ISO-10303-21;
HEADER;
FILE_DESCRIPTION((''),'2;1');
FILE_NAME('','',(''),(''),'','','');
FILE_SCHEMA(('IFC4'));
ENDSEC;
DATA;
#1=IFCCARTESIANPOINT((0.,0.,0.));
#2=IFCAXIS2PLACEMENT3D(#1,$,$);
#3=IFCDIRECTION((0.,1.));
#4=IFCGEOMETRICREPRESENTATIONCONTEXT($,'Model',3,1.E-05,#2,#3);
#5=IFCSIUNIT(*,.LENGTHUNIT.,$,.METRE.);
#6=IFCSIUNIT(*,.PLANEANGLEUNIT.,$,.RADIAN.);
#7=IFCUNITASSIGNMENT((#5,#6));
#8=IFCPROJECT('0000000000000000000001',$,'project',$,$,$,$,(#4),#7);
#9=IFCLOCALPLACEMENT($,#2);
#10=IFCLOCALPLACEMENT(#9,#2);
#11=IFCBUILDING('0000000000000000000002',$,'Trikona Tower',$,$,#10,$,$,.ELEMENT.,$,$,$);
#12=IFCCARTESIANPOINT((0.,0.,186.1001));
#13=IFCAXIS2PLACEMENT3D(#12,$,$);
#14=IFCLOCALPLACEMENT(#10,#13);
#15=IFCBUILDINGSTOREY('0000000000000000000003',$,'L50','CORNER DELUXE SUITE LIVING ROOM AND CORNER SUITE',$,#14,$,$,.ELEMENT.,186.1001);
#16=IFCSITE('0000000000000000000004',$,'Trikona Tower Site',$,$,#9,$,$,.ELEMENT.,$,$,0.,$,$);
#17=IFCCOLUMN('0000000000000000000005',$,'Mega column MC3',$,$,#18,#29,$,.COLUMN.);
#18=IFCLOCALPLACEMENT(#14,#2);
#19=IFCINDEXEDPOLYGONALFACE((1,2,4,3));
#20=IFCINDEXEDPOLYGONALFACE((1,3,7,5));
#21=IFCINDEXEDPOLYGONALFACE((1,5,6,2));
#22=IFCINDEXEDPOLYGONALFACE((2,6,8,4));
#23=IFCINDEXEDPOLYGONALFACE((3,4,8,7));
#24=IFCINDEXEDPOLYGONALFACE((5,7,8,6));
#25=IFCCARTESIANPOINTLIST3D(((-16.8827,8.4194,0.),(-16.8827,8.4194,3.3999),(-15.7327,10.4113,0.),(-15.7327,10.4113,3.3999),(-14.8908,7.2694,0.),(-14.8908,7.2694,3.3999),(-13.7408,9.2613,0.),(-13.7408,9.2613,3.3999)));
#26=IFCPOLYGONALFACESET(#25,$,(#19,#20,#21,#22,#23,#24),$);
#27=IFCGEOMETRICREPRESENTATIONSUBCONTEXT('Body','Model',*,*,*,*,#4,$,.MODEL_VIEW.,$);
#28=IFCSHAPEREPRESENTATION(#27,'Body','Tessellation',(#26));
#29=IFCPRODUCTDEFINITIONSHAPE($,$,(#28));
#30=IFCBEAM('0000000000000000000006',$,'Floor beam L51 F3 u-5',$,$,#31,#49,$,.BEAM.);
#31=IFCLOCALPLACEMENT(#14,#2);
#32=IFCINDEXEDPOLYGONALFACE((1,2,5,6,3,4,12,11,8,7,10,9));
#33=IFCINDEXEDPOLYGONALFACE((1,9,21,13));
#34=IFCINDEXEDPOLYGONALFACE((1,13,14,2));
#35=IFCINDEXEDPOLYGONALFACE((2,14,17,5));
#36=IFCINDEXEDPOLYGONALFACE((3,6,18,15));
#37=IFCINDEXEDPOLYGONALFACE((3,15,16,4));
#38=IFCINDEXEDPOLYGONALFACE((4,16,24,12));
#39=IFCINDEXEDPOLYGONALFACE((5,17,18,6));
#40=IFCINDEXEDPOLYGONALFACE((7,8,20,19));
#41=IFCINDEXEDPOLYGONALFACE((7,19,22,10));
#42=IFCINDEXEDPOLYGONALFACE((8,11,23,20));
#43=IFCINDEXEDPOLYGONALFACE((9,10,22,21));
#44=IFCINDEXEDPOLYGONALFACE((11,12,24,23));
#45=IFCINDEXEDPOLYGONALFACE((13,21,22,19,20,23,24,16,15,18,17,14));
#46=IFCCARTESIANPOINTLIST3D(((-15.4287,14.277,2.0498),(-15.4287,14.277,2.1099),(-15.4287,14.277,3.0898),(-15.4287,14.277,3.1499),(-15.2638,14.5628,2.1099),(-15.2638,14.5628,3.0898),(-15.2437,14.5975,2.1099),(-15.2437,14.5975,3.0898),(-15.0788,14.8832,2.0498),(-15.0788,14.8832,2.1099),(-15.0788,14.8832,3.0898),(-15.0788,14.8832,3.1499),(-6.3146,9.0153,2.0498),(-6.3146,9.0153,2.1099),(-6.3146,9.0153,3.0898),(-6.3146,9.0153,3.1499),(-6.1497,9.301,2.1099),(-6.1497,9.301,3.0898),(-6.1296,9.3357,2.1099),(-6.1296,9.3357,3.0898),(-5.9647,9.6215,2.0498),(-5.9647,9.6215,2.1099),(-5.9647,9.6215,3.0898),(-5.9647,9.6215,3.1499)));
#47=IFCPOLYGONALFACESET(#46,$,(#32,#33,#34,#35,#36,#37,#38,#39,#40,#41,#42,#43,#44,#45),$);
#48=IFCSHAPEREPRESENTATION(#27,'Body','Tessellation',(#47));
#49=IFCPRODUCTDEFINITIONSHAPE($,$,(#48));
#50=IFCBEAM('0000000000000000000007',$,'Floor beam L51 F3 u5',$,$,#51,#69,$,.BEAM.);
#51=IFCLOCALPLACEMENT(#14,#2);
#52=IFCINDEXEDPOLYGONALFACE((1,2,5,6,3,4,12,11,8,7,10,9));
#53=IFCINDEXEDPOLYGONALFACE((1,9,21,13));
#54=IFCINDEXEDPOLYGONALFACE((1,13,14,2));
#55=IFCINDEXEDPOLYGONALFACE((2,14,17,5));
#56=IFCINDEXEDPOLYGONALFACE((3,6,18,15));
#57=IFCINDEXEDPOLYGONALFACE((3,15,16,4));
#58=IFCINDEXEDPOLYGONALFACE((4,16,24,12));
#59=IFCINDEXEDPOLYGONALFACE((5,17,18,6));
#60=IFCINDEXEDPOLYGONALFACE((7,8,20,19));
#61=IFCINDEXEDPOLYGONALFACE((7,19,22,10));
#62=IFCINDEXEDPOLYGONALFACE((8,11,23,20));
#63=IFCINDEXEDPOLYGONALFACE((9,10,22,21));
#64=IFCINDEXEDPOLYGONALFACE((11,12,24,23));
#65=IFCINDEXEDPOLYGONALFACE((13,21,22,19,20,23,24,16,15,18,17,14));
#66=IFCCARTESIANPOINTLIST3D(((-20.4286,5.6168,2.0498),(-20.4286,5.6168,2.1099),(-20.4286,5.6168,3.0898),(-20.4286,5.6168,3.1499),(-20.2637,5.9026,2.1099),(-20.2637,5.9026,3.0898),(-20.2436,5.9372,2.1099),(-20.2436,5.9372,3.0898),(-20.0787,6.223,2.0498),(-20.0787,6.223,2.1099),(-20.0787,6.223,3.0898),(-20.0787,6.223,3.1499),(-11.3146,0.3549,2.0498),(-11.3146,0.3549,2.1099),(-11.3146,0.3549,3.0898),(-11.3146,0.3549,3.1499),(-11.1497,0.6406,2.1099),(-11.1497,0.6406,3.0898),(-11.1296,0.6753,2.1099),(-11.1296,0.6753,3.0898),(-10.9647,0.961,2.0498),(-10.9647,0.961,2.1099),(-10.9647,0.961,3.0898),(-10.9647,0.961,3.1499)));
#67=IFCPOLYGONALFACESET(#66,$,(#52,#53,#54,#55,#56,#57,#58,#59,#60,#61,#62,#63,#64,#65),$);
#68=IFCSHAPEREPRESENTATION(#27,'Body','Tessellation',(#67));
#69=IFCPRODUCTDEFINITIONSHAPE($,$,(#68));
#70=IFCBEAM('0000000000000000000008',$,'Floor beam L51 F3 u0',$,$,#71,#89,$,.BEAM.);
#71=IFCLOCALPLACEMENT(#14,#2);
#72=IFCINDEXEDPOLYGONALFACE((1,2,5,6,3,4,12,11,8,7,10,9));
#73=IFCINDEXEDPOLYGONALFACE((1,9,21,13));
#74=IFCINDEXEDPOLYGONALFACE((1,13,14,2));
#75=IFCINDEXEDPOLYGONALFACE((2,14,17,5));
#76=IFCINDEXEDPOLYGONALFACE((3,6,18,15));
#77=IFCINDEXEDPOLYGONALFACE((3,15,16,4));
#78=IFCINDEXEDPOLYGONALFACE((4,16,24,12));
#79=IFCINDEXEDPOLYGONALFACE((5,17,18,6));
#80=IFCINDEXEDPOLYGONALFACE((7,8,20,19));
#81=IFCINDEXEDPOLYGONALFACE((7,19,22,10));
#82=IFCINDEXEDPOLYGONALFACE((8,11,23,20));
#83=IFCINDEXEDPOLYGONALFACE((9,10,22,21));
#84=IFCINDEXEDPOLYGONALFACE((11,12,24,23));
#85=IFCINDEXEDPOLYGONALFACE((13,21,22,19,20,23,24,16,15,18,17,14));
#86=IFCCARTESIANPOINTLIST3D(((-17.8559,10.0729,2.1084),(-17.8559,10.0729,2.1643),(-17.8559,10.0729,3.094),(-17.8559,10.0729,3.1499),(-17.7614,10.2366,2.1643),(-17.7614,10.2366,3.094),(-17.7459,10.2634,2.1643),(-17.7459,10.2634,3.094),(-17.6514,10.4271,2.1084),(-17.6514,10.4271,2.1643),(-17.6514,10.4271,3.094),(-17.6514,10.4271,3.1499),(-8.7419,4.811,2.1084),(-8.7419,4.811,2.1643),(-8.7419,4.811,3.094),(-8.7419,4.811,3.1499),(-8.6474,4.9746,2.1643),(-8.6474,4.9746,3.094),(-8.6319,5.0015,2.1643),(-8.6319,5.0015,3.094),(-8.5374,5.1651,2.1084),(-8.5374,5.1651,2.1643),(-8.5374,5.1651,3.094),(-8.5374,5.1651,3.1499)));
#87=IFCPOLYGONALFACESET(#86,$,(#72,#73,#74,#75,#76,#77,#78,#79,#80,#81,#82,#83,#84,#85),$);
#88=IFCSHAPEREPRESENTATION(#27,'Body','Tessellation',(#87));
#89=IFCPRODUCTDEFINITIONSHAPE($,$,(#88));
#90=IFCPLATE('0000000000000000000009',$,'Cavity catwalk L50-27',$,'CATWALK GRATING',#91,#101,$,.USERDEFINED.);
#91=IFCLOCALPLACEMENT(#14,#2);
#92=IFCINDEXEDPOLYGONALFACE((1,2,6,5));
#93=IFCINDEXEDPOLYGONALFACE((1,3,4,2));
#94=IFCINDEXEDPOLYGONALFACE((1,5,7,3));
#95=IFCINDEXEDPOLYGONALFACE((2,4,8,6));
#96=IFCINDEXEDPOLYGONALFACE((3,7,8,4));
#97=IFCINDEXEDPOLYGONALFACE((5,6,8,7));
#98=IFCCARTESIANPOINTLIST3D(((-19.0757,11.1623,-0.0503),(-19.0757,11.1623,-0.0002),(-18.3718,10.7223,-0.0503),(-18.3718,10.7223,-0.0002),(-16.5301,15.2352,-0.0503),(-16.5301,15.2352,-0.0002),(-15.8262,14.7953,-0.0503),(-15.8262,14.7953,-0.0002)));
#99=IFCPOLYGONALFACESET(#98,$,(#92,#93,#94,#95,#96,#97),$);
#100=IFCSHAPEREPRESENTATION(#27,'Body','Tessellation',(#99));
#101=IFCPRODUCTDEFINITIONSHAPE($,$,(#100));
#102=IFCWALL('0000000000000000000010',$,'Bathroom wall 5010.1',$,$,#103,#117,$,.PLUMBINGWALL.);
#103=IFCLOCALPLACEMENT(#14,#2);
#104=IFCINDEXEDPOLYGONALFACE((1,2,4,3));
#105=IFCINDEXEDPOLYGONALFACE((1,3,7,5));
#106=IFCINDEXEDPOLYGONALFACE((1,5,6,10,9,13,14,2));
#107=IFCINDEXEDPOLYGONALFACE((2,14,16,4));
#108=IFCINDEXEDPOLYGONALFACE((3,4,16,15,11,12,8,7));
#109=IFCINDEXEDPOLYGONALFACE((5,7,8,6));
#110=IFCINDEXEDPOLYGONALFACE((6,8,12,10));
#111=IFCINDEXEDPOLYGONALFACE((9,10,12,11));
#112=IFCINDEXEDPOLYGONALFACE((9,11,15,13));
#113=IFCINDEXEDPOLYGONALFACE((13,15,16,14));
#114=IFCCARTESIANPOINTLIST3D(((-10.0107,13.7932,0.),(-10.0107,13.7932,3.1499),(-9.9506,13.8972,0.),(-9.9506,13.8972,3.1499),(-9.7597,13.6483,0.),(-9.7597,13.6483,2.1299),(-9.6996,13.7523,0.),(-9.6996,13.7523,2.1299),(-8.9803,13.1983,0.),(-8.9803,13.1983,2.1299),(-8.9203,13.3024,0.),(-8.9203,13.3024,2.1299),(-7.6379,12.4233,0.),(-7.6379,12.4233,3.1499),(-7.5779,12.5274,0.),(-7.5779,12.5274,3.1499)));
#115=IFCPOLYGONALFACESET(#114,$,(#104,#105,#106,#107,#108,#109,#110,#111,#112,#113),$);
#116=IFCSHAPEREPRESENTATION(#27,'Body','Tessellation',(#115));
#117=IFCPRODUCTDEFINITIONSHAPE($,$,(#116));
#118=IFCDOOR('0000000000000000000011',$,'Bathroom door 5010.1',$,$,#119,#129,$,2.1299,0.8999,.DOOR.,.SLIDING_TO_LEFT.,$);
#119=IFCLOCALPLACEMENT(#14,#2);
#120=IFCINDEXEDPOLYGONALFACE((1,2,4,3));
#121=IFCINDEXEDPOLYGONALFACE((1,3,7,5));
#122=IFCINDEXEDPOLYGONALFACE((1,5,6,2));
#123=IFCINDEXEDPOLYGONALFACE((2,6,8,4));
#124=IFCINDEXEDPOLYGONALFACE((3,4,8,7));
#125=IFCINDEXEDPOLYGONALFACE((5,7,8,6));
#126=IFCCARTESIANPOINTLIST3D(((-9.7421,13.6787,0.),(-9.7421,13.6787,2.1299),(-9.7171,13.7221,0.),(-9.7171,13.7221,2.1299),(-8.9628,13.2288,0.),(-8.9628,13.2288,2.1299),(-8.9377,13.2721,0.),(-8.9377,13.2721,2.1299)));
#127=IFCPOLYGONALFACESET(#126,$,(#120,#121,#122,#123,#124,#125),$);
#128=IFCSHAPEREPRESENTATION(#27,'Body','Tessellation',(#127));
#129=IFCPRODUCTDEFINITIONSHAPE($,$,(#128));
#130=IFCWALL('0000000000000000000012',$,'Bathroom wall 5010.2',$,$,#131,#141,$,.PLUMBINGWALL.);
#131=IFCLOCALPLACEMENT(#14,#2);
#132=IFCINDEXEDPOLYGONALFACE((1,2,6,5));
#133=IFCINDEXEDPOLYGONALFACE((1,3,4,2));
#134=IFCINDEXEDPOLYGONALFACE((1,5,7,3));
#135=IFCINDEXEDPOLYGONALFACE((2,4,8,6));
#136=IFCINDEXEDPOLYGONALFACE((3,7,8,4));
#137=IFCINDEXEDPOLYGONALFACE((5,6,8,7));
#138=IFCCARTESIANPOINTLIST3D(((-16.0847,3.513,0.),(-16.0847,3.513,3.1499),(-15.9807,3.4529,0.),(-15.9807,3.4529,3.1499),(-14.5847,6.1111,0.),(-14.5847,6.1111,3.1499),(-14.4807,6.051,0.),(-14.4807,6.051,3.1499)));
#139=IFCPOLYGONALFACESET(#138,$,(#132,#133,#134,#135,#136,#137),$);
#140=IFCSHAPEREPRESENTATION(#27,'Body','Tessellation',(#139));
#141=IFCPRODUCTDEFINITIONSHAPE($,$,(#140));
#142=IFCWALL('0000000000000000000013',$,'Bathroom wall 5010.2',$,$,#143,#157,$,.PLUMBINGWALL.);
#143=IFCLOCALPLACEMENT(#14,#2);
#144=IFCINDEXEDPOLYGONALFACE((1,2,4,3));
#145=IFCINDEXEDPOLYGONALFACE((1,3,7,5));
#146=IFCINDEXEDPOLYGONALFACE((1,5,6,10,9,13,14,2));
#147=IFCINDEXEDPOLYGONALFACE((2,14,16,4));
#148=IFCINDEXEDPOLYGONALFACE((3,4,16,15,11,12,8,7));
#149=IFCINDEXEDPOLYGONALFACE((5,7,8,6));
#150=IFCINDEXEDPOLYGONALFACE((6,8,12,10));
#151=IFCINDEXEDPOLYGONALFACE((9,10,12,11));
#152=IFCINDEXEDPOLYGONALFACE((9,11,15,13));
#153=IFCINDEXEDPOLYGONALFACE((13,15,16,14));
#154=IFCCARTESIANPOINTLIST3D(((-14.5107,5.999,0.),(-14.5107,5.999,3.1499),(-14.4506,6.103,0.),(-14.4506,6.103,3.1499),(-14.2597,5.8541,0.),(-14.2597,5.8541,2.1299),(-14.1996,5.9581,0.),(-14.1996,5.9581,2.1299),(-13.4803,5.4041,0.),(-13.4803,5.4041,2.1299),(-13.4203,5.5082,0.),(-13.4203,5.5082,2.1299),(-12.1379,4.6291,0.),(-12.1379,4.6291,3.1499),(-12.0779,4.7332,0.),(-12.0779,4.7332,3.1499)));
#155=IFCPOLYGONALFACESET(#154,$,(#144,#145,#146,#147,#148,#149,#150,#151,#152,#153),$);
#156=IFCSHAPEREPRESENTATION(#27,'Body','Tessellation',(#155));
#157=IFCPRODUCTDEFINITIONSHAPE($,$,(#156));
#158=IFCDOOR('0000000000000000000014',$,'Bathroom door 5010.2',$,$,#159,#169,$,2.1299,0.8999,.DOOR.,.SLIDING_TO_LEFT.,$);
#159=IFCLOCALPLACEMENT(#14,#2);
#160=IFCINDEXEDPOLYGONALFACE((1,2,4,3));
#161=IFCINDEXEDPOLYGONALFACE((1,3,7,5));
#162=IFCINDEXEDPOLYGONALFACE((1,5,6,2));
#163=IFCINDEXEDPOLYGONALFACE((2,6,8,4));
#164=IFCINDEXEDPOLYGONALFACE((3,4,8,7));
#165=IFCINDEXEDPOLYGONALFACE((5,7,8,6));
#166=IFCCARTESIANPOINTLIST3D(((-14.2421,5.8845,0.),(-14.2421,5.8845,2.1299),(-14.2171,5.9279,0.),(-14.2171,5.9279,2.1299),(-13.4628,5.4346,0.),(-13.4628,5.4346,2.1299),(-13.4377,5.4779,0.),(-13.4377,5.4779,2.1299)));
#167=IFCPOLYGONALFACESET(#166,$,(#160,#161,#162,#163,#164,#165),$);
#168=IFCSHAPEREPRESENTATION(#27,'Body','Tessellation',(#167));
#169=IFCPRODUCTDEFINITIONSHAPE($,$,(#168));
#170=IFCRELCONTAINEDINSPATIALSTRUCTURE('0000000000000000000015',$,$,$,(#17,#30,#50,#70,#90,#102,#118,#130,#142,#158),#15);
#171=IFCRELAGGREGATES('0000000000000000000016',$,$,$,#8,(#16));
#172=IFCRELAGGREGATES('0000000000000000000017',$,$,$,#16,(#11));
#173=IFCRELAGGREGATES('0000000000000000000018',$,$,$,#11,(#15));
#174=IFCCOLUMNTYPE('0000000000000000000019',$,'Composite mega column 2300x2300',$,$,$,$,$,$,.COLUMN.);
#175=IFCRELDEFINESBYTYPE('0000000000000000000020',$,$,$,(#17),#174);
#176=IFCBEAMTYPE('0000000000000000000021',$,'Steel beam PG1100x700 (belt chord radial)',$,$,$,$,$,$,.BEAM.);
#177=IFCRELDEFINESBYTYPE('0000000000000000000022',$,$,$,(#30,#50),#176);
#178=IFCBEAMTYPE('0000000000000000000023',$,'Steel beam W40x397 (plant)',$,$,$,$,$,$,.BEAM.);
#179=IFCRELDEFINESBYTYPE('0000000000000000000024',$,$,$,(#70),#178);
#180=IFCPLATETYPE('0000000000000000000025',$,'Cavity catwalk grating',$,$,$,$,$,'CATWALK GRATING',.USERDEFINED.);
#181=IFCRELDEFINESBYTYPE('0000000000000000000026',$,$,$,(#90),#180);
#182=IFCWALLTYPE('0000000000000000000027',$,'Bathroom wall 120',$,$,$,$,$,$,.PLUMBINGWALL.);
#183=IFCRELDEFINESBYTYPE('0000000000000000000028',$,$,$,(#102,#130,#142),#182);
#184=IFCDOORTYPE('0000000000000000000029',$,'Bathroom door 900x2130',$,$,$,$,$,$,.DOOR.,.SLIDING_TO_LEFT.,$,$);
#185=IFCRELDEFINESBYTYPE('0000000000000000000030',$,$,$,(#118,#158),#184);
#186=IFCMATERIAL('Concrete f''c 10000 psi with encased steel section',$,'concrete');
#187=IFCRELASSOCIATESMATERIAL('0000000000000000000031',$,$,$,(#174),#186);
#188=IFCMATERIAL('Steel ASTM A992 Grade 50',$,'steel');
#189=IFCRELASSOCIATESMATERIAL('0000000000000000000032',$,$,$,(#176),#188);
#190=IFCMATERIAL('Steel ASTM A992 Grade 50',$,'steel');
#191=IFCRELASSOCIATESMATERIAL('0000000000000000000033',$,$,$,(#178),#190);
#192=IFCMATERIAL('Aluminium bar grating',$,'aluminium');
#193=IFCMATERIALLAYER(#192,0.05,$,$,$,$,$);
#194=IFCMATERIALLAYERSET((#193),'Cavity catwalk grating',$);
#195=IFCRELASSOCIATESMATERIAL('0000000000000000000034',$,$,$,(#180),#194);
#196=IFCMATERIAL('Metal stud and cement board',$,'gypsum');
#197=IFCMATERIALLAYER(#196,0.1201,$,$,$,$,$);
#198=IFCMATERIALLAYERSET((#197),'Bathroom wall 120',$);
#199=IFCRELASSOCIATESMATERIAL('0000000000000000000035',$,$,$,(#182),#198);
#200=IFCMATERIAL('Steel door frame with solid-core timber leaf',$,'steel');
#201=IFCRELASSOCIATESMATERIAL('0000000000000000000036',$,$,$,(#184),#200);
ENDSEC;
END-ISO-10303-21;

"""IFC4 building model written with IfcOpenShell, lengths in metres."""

from ifc_helpers import new_model, si_unit, direction, frame, frame_2d, origin, origin_2d, place, context, subcontext, project, spatial, rectangle, i_section, extrude, material, layer, layer_set, material_profile, profile_set, type_object, element, fill, save


model = new_model("IFC4")

# Units and contexts
model_context = context("Model", 3, precision=1e-05, world=origin(), true_north=direction((0.0, 1.0)))
body_context = subcontext(model_context, "Body", "Model", "MODEL_VIEW")
ifc_project = project(units=[si_unit("LENGTHUNIT", "METRE"), si_unit("PLANEANGLEUNIT", "RADIAN")], contexts=[model_context])

# Site, building, storey
site_placement = place(None, origin())
site = spatial("IfcSite", under=ifc_project, at=site_placement, Name="Trikona Tower Site", CompositionType="ELEMENT", RefElevation=0.0)
building_placement = place(site_placement, origin())
building = spatial("IfcBuilding", under=site, at=building_placement, Name="Trikona Tower", CompositionType="ELEMENT")
storey_placement = place(building_placement, frame((0.0, 0.0, 186.1001)))
storey = spatial("IfcBuildingStorey", under=building, at=storey_placement, Name="L50", Description="CORNER DELUXE SUITE LIVING ROOM AND CORNER SUITE", CompositionType="ELEMENT", Elevation=186.1001)

# Column
ifc_material_1 = material(Name="Concrete f'c 10000 psi with encased steel section", Category="concrete")
ifc_material_profile_1 = material_profile(ifc_material_1, rectangle(XDim=2.3, YDim=2.3, at=origin_2d()), Name="MC2300")
ifc_profile_set_1 = profile_set([ifc_material_profile_1], Name="Concrete f'c 10000 psi with encased steel section")
column_type = type_object("IfcColumnType", Name="Composite mega column 2300x2300", PredefinedType="COLUMN", material=ifc_profile_set_1)
column_placement = place(storey_placement, frame((-15.3118, 8.8403, 0.0), z_axis=(0.0, 0.0, 1.0), x_axis=(-0.866025, 0.5, 0.0)))
element("IfcColumn", 1, at=column_placement, inside=storey, type_object=column_type, Name="Mega column MC3", PredefinedType="COLUMN", context=body_context, shape_type="SweptSolid", body=[
    extrude(rectangle(XDim=2.3, YDim=2.3, at=origin_2d()), origin(), (0.0, 0.0, 1.0), 3.3999),
])

# Beams
ifc_material_2 = material(Name="Steel ASTM A992 Grade 50", Category="steel")
ifc_material_profile_2 = material_profile(ifc_material_2, i_section(OverallWidth=0.7, OverallDepth=1.1001, WebThickness=0.04, FlangeThickness=0.0601, at=origin_2d()), Name="PG1100X700")
ifc_profile_set_2 = profile_set([ifc_material_profile_2], Name="Steel ASTM A992 Grade 50")
beam_type_1 = type_object("IfcBeamType", Name="Steel beam PG1100x700 (belt chord radial)", PredefinedType="BEAM", material=ifc_profile_set_2)
for number, where, z_axis, x_axis, name in (
    (2, (-6.1396, 9.3184, 2.5999), (-0.866036, 0.499982, 0.0), (-0.499982, -0.866036, 0.0), "Floor beam L51 F3 u-5"),
    (3, (-11.1396, 0.658, 2.5999), (-0.866026, 0.499999, 0.0), (-0.499999, -0.866026, 0.0), "Floor beam L51 F3 u5"),
):
    element("IfcBeam", number, at=place(storey_placement, frame(where, z_axis=z_axis, x_axis=x_axis)), inside=storey, type_object=beam_type_1, Name=name, PredefinedType="BEAM", context=body_context, shape_type="SweptSolid", body=[
        extrude(i_section(OverallWidth=0.7, OverallDepth=1.1001, WebThickness=0.04, FlangeThickness=0.0601, at=origin_2d()), origin(), (0.0, 0.0, 1.0), 10.5239),
    ])
ifc_material_3 = material(Name="Steel ASTM A992 Grade 50", Category="steel")
ifc_material_profile_3 = material_profile(ifc_material_3, i_section(OverallWidth=0.4089, OverallDepth=1.0415, WebThickness=0.031, FlangeThickness=0.0559, at=origin_2d()), Name="W40X397")
ifc_profile_set_3 = profile_set([ifc_material_profile_3], Name="Steel ASTM A992 Grade 50")
beam_type_2 = type_object("IfcBeamType", Name="Steel beam W40x397 (plant)", PredefinedType="BEAM", material=ifc_profile_set_3)
beam_placement = place(storey_placement, frame((-8.6396, 4.988, 2.6292), z_axis=(-0.866026, 0.499999, 0.0), x_axis=(-0.499999, -0.866026, 0.0)))
element("IfcBeam", 4, at=beam_placement, inside=storey, type_object=beam_type_2, Name="Floor beam L51 F3 u0", PredefinedType="BEAM", context=body_context, shape_type="SweptSolid", body=[
    extrude(i_section(OverallWidth=0.4089, OverallDepth=1.0415, WebThickness=0.031, FlangeThickness=0.0559, at=origin_2d()), origin(), (0.0, 0.0, 1.0), 10.5239),
])

# Plate
ifc_material_4 = material(Name="Aluminium bar grating", Category="aluminium")
ifc_layer_1 = layer(ifc_material_4, 0.05)
ifc_layer_set_1 = layer_set([ifc_layer_1], Name="Cavity catwalk grating")
plate_type = type_object("IfcPlateType", Name="Cavity catwalk grating", ElementType="CATWALK GRATING", PredefinedType="USERDEFINED", material=ifc_layer_set_1)
plate_placement = place(storey_placement, frame((-17.4509, 12.9788, -0.0503), z_axis=(0.0, 0.0, 1.0), x_axis=(-0.529995, -0.848001, 0.0)))
element("IfcPlate", 5, at=plate_placement, inside=storey, type_object=plate_type, Name="Cavity catwalk L50-27", ObjectType="CATWALK GRATING", PredefinedType="USERDEFINED", context=body_context, shape_type="SweptSolid", body=[
    extrude(rectangle(XDim=4.803, YDim=0.8301, at=origin_2d()), origin(), (0.0, 0.0, 1.0), 0.05),
])

# Wall, opening, door
ifc_material_5 = material(Name="Metal stud and cement board", Category="gypsum")
ifc_layer_2 = layer(ifc_material_5, 0.1201)
ifc_layer_set_2 = layer_set([ifc_layer_2], Name="Bathroom wall 120")
wall_type_1 = type_object("IfcWallType", Name="Bathroom wall 120", PredefinedType="PLUMBINGWALL", material=ifc_layer_set_2)
wall_1_placement = place(storey_placement, frame((-7.6079, 12.4753, 0.0), z_axis=(0.0, 0.0, 1.0), x_axis=(-0.866036, 0.499982, 0.0)))
wall_1 = element("IfcWall", 6, at=wall_1_placement, inside=storey, type_object=wall_type_1, Name="Bathroom wall 5010.1", PredefinedType="PLUMBINGWALL", context=body_context, shape_type="SweptSolid", body=[
    extrude(rectangle(XDim=2.7397, YDim=0.1201, at=frame_2d((1.3699, 0.0))), origin(), (0.0, 0.0, 1.0), 3.1499),
])
opening_1_placement = place(wall_1_placement, frame((1.55, 0.0, 0.0)))
opening_1 = element("IfcOpeningElement", 7, at=opening_1_placement, cuts=wall_1, PredefinedType="OPENING", context=body_context, shape_type="SweptSolid", body=[
    extrude(rectangle(XDim=0.8999, YDim=2.1299, at=frame_2d((0.45, 1.0649))), frame((0.0, 0.0701, 0.0), z_axis=(0.0, -1.0, 0.0), x_axis=(1.0, 0.0, 0.0)), (0.0, 0.0, 1.0), 0.1401),
])
ifc_material_6 = material(Name="Steel door frame with solid-core timber leaf", Category="steel")
door_type_1 = type_object("IfcDoorType", Name="Bathroom door 900x2130", OperationType="SLIDING_TO_LEFT", PredefinedType="DOOR", material=ifc_material_6)
door_1_placement = place(opening_1_placement, origin())
door_1 = element("IfcDoor", 8, at=door_1_placement, inside=storey, type_object=door_type_1, Name="Bathroom door 5010.1", OperationType="SLIDING_TO_LEFT", OverallHeight=2.1299, OverallWidth=0.8999, PredefinedType="DOOR", context=body_context, shape_type="SweptSolid", body=[
    extrude(rectangle(XDim=0.8999, YDim=2.1299, at=frame_2d((0.45, 1.0649))), frame((0.0, 0.0249, 0.0), z_axis=(0.0, -1.0, 0.0), x_axis=(1.0, 0.0, 0.0)), (0.0, 0.0, 1.0), 0.05),
])
fill(opening_1, door_1)

# Wall
wall_2_placement = place(storey_placement, frame((-14.5327, 6.0811, 0.0), z_axis=(0.0, 0.0, 1.0), x_axis=(-0.49999, -0.866031, 0.0)))
element("IfcWall", 9, at=wall_2_placement, inside=storey, type_object=wall_type_1, Name="Bathroom wall 5010.2", PredefinedType="PLUMBINGWALL", context=body_context, shape_type="SweptSolid", body=[
    extrude(rectangle(XDim=3.0, YDim=0.1201, at=frame_2d((1.5, 0.0))), origin(), (0.0, 0.0, 1.0), 3.1499),
])

# Wall, opening, door
wall_3_placement = place(storey_placement, frame((-12.1079, 4.6812, 0.0), z_axis=(0.0, 0.0, 1.0), x_axis=(-0.866036, 0.499982, 0.0)))
wall_3 = element("IfcWall", 10, at=wall_3_placement, inside=storey, type_object=wall_type_1, Name="Bathroom wall 5010.2", PredefinedType="PLUMBINGWALL", context=body_context, shape_type="SweptSolid", body=[
    extrude(rectangle(XDim=2.7397, YDim=0.1201, at=frame_2d((1.3699, 0.0))), origin(), (0.0, 0.0, 1.0), 3.1499),
])
opening_2_placement = place(wall_3_placement, frame((1.55, 0.0, 0.0)))
opening_2 = element("IfcOpeningElement", 11, at=opening_2_placement, cuts=wall_3, PredefinedType="OPENING", context=body_context, shape_type="SweptSolid", body=[
    extrude(rectangle(XDim=0.8999, YDim=2.1299, at=frame_2d((0.45, 1.0649))), frame((0.0, 0.0701, 0.0), z_axis=(0.0, -1.0, 0.0), x_axis=(1.0, 0.0, 0.0)), (0.0, 0.0, 1.0), 0.1401),
])
door_2_placement = place(opening_2_placement, origin())
door_2 = element("IfcDoor", 12, at=door_2_placement, inside=storey, type_object=door_type_1, Name="Bathroom door 5010.2", OperationType="SLIDING_TO_LEFT", OverallHeight=2.1299, OverallWidth=0.8999, PredefinedType="DOOR", context=body_context, shape_type="SweptSolid", body=[
    extrude(rectangle(XDim=0.8999, YDim=2.1299, at=frame_2d((0.45, 1.0649))), frame((0.0, 0.0249, 0.0), z_axis=(0.0, -1.0, 0.0), x_axis=(1.0, 0.0, 0.0)), (0.0, 0.0, 1.0), 0.05),
])
fill(opening_2, door_2)

save(model, "model.ifc")
